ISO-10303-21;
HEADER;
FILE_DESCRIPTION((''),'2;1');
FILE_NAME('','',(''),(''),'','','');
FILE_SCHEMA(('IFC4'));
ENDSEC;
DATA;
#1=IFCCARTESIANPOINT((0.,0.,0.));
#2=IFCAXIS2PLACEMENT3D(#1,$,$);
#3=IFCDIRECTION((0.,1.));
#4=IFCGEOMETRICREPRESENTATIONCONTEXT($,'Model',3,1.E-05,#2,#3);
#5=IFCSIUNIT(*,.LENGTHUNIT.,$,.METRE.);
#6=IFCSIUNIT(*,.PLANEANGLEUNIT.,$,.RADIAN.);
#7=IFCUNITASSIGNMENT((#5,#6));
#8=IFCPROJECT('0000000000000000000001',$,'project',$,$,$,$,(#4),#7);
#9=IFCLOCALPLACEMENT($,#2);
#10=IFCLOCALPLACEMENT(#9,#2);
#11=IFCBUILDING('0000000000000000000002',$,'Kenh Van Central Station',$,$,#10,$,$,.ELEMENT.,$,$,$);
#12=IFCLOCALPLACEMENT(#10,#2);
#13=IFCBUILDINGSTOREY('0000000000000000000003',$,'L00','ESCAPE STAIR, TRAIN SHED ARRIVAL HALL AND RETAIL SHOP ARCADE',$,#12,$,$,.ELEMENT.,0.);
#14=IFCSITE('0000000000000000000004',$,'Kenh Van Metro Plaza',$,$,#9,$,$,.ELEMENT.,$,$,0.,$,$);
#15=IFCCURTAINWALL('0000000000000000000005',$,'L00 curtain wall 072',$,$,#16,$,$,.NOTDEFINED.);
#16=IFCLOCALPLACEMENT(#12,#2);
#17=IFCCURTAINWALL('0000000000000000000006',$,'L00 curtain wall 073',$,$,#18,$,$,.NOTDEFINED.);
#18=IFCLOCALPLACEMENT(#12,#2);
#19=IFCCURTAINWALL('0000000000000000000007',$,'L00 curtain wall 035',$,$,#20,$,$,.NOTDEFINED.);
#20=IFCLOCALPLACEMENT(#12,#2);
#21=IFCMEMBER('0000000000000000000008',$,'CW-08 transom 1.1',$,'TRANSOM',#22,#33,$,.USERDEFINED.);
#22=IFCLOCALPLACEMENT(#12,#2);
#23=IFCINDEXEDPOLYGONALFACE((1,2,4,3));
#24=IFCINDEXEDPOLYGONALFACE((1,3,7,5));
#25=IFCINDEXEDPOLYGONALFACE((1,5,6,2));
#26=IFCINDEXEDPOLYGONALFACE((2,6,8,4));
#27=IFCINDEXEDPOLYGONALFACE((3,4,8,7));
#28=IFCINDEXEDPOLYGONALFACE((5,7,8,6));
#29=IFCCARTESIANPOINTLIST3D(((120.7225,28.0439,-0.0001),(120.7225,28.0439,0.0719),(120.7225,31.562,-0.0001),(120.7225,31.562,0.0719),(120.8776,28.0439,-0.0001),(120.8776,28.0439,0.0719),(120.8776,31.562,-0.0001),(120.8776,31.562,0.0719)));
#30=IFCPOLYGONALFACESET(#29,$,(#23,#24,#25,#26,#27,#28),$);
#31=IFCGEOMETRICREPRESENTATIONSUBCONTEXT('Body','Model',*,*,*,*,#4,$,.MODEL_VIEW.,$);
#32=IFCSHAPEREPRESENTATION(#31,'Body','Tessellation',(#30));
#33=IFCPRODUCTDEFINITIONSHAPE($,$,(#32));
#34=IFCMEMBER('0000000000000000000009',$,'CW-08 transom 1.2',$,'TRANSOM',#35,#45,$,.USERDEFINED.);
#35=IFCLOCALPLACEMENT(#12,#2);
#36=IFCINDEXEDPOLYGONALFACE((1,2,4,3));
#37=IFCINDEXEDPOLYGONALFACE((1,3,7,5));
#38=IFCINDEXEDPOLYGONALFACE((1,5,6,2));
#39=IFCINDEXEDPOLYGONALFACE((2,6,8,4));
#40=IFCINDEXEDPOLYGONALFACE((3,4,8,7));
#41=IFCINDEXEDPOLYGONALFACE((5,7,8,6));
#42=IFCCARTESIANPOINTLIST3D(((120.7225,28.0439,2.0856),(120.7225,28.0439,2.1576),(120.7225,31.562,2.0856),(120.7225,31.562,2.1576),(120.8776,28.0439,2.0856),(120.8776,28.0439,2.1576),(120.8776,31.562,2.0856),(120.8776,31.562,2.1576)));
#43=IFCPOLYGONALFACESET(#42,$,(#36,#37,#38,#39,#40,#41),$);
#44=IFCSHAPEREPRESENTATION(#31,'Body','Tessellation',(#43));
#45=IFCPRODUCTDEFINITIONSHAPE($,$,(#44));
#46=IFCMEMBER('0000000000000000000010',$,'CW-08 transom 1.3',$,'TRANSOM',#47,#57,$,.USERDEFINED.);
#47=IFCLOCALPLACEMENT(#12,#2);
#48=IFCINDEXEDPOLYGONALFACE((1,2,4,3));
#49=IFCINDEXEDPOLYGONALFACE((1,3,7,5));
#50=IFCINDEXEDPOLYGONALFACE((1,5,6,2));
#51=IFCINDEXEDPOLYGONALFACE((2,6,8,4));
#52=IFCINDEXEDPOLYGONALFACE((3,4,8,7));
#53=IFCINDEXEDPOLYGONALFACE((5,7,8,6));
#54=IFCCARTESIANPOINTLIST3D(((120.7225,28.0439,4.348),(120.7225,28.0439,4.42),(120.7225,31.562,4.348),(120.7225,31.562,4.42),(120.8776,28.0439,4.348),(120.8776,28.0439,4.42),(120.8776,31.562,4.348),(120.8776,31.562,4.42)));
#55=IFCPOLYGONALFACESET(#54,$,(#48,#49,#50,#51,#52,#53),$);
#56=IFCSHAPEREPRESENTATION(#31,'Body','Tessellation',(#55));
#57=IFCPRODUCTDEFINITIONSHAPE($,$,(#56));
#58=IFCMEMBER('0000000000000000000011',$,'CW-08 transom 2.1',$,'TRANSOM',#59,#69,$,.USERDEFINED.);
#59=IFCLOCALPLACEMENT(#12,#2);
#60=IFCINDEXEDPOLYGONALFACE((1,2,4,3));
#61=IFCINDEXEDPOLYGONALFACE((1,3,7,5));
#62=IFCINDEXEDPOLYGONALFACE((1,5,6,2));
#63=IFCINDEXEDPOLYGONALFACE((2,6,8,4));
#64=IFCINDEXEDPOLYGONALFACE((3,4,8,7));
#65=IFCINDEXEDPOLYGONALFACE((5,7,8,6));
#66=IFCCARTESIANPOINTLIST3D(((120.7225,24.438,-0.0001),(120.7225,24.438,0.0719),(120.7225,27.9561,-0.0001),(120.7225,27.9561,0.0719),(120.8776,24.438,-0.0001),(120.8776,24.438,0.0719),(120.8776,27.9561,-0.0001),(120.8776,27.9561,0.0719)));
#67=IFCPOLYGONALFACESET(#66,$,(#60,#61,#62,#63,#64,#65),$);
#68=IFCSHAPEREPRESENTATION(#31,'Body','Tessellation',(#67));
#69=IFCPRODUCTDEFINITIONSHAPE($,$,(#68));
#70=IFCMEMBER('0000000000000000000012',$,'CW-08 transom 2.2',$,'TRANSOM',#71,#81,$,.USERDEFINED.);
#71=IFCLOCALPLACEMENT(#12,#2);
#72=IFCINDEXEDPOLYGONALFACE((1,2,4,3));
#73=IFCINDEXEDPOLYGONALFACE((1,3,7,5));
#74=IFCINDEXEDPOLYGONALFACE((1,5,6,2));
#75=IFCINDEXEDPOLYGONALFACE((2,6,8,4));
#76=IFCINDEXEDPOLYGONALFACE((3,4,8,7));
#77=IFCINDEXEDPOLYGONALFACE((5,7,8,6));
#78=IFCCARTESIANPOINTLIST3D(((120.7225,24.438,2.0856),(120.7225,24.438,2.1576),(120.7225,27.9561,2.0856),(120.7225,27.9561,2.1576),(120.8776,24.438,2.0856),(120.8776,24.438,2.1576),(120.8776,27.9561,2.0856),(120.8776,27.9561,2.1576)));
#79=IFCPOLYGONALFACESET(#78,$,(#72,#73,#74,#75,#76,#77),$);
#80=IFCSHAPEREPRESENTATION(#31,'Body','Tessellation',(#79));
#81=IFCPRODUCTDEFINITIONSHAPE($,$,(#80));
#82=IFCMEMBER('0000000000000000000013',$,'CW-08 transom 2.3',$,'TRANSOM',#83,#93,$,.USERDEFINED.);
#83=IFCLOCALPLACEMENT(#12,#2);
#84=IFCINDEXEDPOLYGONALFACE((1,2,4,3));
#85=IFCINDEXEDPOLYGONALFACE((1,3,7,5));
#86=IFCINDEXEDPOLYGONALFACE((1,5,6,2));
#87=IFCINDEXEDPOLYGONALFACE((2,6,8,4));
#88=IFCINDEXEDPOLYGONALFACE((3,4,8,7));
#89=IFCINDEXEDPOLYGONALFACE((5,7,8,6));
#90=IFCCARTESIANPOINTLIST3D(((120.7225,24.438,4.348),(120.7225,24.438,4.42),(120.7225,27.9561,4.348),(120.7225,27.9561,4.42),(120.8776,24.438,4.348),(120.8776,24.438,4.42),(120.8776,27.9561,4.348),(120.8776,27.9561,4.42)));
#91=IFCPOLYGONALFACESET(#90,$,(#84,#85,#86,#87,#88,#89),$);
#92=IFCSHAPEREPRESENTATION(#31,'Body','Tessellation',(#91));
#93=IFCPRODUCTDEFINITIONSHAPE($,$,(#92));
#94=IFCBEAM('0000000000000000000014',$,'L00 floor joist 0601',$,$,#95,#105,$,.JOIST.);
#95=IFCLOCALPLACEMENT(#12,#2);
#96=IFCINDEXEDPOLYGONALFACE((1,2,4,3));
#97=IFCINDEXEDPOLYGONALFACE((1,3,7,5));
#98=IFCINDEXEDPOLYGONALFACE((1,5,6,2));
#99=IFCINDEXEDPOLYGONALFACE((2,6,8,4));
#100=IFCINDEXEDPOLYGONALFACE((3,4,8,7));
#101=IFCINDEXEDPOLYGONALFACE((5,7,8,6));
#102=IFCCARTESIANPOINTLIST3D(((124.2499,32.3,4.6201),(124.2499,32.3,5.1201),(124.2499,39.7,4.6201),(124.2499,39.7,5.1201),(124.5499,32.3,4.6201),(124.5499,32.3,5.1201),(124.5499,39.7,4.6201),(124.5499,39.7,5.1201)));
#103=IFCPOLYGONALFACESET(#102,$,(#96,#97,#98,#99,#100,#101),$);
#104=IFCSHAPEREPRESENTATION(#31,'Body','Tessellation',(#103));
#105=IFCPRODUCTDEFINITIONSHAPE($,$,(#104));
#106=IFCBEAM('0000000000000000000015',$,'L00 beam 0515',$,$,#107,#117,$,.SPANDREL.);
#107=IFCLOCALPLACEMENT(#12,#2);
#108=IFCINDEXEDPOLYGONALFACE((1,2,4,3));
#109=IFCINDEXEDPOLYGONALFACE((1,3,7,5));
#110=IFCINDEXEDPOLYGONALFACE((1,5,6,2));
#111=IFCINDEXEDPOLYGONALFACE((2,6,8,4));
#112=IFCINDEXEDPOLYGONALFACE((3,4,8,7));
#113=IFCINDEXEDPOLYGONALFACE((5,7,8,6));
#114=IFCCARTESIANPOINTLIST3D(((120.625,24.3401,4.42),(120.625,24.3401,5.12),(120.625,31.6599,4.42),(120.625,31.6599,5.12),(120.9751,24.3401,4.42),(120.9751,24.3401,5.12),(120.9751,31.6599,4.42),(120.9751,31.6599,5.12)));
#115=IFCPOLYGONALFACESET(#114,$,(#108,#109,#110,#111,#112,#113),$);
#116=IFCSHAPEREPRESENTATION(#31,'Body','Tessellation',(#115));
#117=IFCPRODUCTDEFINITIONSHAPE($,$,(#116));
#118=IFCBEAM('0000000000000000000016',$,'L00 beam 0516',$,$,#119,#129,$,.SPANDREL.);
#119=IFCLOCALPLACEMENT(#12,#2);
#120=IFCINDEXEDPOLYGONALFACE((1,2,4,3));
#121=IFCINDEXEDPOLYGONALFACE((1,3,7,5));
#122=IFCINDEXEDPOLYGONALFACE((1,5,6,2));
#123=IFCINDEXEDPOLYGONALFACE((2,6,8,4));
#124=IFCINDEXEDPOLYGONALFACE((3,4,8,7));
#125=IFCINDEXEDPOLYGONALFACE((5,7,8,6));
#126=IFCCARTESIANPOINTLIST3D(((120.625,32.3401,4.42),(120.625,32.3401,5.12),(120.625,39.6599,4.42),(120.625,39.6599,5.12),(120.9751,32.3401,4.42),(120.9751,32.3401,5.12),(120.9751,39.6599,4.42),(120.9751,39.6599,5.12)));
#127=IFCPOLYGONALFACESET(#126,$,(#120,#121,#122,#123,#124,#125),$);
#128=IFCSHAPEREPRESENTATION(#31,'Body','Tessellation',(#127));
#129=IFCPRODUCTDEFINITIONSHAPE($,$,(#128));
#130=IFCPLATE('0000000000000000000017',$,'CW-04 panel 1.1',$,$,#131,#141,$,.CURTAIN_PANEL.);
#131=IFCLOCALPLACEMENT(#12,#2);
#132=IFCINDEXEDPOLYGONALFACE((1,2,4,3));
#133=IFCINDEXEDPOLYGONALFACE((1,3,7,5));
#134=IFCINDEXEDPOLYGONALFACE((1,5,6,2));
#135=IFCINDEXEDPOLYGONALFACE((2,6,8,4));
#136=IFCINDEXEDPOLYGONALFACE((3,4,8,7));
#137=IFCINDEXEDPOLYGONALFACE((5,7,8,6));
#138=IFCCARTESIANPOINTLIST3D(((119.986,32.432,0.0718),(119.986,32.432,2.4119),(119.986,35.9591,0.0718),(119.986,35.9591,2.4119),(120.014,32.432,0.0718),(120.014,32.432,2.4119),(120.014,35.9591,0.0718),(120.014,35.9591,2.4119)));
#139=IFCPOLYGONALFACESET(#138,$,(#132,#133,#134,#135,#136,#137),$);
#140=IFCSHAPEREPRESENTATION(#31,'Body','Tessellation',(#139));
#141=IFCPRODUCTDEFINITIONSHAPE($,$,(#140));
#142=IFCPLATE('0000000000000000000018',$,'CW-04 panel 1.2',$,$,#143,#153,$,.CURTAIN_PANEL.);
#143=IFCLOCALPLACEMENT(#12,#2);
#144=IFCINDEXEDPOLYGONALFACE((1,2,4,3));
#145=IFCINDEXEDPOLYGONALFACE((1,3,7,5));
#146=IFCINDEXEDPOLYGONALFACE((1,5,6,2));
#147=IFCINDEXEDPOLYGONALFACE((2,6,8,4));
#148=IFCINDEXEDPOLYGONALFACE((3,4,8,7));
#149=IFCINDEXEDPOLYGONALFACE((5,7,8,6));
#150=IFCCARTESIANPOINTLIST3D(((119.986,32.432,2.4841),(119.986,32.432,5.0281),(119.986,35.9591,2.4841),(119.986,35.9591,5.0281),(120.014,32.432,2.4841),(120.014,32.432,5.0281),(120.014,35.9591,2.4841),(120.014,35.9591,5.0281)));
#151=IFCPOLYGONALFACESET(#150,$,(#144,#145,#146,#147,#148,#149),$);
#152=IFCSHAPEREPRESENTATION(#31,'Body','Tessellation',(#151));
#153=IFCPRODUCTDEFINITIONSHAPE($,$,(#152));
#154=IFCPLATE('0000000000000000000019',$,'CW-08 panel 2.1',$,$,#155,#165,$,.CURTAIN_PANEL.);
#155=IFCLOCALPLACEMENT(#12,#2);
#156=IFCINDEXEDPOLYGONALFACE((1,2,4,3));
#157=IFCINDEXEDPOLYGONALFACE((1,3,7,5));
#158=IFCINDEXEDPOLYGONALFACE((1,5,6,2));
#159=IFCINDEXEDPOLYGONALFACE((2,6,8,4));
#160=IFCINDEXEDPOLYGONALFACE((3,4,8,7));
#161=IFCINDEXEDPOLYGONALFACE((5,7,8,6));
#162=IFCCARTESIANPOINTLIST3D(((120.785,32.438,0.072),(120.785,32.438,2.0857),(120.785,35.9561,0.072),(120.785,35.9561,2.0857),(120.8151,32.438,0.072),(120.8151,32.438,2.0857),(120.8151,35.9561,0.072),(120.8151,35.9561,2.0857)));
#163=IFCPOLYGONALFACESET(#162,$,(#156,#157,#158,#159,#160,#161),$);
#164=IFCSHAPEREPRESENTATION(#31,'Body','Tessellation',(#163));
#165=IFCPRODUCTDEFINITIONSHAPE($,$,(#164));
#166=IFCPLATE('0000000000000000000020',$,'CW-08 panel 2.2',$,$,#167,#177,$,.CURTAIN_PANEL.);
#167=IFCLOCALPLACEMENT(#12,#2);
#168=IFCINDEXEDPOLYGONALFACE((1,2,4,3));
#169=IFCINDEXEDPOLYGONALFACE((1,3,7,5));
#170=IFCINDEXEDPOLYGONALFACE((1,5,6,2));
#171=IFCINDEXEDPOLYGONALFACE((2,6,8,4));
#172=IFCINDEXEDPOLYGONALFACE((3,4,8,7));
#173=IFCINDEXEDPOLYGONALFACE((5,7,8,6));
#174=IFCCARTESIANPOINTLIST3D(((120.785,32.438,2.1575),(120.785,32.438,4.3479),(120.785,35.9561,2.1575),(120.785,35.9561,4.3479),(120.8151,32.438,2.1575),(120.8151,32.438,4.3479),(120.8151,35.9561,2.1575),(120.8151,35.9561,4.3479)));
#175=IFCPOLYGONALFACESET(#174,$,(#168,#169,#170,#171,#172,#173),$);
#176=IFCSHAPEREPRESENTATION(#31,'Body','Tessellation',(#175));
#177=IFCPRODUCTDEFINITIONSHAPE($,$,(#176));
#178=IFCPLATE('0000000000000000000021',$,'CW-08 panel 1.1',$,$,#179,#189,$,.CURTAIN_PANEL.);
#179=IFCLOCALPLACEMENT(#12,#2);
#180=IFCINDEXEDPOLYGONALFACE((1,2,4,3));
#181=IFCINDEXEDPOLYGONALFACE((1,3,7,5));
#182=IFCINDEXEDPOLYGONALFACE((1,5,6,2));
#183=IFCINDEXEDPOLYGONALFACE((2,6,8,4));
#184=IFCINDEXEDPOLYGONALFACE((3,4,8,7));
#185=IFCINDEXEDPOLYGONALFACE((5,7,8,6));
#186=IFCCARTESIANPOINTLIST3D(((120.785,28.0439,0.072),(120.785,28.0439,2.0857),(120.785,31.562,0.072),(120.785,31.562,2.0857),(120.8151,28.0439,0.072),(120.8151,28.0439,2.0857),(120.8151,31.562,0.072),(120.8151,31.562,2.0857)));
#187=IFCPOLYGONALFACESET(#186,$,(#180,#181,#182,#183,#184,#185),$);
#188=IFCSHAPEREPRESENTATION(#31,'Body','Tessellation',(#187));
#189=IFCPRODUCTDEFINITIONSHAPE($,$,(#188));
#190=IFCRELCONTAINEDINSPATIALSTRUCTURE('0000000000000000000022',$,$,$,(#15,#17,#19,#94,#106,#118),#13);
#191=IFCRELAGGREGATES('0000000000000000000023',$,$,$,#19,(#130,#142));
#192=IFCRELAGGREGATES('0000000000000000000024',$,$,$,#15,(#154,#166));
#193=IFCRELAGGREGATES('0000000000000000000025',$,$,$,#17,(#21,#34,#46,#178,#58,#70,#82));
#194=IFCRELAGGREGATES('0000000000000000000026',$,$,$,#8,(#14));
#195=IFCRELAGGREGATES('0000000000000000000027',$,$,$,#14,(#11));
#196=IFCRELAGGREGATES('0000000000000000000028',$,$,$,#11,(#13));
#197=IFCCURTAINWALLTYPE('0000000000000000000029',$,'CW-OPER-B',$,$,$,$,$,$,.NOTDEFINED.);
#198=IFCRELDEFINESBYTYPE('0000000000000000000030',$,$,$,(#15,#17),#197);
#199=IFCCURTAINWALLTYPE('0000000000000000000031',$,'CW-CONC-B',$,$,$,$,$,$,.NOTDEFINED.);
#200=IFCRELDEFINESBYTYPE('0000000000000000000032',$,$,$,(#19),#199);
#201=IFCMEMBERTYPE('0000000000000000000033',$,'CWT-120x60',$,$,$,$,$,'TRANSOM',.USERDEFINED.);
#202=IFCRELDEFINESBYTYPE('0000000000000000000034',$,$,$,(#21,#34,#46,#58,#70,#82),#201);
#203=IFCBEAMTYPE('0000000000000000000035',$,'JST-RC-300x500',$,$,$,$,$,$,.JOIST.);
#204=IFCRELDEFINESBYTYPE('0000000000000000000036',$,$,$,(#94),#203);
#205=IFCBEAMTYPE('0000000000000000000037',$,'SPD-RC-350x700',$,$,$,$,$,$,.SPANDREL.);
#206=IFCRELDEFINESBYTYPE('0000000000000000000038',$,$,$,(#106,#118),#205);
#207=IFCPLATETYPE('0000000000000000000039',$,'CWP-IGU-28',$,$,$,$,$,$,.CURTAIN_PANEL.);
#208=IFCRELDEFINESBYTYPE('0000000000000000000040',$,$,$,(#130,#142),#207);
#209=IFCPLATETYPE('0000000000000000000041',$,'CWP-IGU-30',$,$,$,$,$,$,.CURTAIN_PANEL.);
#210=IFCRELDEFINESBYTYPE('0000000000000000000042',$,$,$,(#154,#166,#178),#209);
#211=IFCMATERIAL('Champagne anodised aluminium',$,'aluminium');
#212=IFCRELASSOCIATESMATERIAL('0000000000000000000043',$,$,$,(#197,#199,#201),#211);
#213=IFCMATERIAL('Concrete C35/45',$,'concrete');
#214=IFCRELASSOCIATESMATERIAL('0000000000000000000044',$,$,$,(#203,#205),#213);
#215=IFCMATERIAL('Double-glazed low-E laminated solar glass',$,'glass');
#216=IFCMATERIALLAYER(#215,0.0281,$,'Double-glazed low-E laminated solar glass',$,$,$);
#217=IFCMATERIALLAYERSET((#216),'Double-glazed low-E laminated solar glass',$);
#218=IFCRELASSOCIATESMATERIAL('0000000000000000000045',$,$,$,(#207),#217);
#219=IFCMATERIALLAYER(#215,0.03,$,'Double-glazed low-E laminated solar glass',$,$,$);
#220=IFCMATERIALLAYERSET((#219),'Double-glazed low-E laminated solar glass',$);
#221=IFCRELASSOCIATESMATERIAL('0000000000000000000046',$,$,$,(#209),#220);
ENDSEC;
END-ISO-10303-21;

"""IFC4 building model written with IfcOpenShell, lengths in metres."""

from ifc_helpers import new_model, si_unit, direction, frame, origin, origin_2d, place, context, subcontext, project, spatial, rectangle, extrude, material, layer, layer_set, material_profile, profile_set, type_object, element, aggregate, save


model = new_model("IFC4")

# Units and contexts
model_context = context("Model", 3, precision=1e-05, world=origin(), true_north=direction((0.0, 1.0)))
body_context = subcontext(model_context, "Body", "Model", "MODEL_VIEW")
ifc_project = project(units=[si_unit("LENGTHUNIT", "METRE"), si_unit("PLANEANGLEUNIT", "RADIAN")], contexts=[model_context])

# Site, building, storey
site_placement = place(None, origin())
site = spatial("IfcSite", under=ifc_project, at=site_placement, Name="Kenh Van Metro Plaza", CompositionType="ELEMENT", RefElevation=0.0)
building_placement = place(site_placement, origin())
building = spatial("IfcBuilding", under=site, at=building_placement, Name="Kenh Van Central Station", CompositionType="ELEMENT")
storey_placement = place(building_placement, origin())
storey = spatial("IfcBuildingStorey", under=building, at=storey_placement, Name="L00", Description="ESCAPE STAIR, TRAIN SHED ARRIVAL HALL AND RETAIL SHOP ARCADE", CompositionType="ELEMENT", Elevation=0.0)

# Shared definitions
ifc_material_1 = material(Name="Concrete C35/45", Category="concrete")

# Curtain walls
ifc_material_2 = material(Name="Champagne anodised aluminium", Category="aluminium")
curtain_wall_type_1 = type_object("IfcCurtainWallType", Name="CW-OPER-B", PredefinedType="NOTDEFINED", material=ifc_material_2)
curtain_wall_1_placement = place(storey_placement, origin())
curtain_wall_1 = element("IfcCurtainWall", 1, at=curtain_wall_1_placement, inside=storey, type_object=curtain_wall_type_1, Name="L00 curtain wall 072", PredefinedType="NOTDEFINED")
curtain_wall_2_placement = place(storey_placement, origin())
curtain_wall_2 = element("IfcCurtainWall", 2, at=curtain_wall_2_placement, inside=storey, type_object=curtain_wall_type_1, Name="L00 curtain wall 073", PredefinedType="NOTDEFINED")

# Curtain wall
curtain_wall_type_2 = type_object("IfcCurtainWallType", Name="CW-CONC-B", PredefinedType="NOTDEFINED", material=ifc_material_2)
curtain_wall_3_placement = place(storey_placement, origin())
curtain_wall_3 = element("IfcCurtainWall", 3, at=curtain_wall_3_placement, inside=storey, type_object=curtain_wall_type_2, Name="L00 curtain wall 035", PredefinedType="NOTDEFINED")

# Members
ifc_material_profile_1 = material_profile(ifc_material_2, rectangle(XDim=0.155, YDim=0.072, at=origin_2d()), Name="AL 155x72")
ifc_profile_set_1 = profile_set([ifc_material_profile_1], Name="Champagne anodised aluminium")
member_type_1 = type_object("IfcMemberType", Name="CWT-120x60", ElementType="TRANSOM", PredefinedType="USERDEFINED", material=ifc_profile_set_1)
member_1_placement = place(storey_placement, frame((120.8, 31.562, 0.0359), z_axis=(0.0, -1.0, 0.0), x_axis=(1.0, 0.0, 0.0)))
member_1 = element("IfcMember", 4, at=member_1_placement, type_object=member_type_1, Name="CW-08 transom 1.1", ObjectType="TRANSOM", PredefinedType="USERDEFINED", context=body_context, shape_type="SweptSolid", body=[
    extrude(rectangle(XDim=0.155, YDim=0.072, at=origin_2d()), origin(), (0.0, 0.0, 1.0), 3.5181),
])
member_2_placement = place(storey_placement, frame((120.8, 31.562, 2.1216), z_axis=(0.0, -1.0, 0.0), x_axis=(1.0, 0.0, 0.0)))
member_2 = element("IfcMember", 5, at=member_2_placement, type_object=member_type_1, Name="CW-08 transom 1.2", ObjectType="TRANSOM", PredefinedType="USERDEFINED", context=body_context, shape_type="SweptSolid", body=[
    extrude(rectangle(XDim=0.155, YDim=0.072, at=origin_2d()), origin(), (0.0, 0.0, 1.0), 3.5181),
])
member_3_placement = place(storey_placement, frame((120.8, 31.562, 4.384), z_axis=(0.0, -1.0, 0.0), x_axis=(1.0, 0.0, 0.0)))
member_3 = element("IfcMember", 6, at=member_3_placement, type_object=member_type_1, Name="CW-08 transom 1.3", ObjectType="TRANSOM", PredefinedType="USERDEFINED", context=body_context, shape_type="SweptSolid", body=[
    extrude(rectangle(XDim=0.155, YDim=0.072, at=origin_2d()), origin(), (0.0, 0.0, 1.0), 3.5181),
])
member_4_placement = place(storey_placement, frame((120.8, 27.9561, 0.0359), z_axis=(0.0, -1.0, 0.0), x_axis=(1.0, 0.0, 0.0)))
member_4 = element("IfcMember", 7, at=member_4_placement, type_object=member_type_1, Name="CW-08 transom 2.1", ObjectType="TRANSOM", PredefinedType="USERDEFINED", context=body_context, shape_type="SweptSolid", body=[
    extrude(rectangle(XDim=0.155, YDim=0.072, at=origin_2d()), origin(), (0.0, 0.0, 1.0), 3.5181),
])
member_5_placement = place(storey_placement, frame((120.8, 27.9561, 2.1216), z_axis=(0.0, -1.0, 0.0), x_axis=(1.0, 0.0, 0.0)))
member_5 = element("IfcMember", 8, at=member_5_placement, type_object=member_type_1, Name="CW-08 transom 2.2", ObjectType="TRANSOM", PredefinedType="USERDEFINED", context=body_context, shape_type="SweptSolid", body=[
    extrude(rectangle(XDim=0.155, YDim=0.072, at=origin_2d()), origin(), (0.0, 0.0, 1.0), 3.5181),
])
member_6_placement = place(storey_placement, frame((120.8, 27.9561, 4.384), z_axis=(0.0, -1.0, 0.0), x_axis=(1.0, 0.0, 0.0)))
member_6 = element("IfcMember", 9, at=member_6_placement, type_object=member_type_1, Name="CW-08 transom 2.3", ObjectType="TRANSOM", PredefinedType="USERDEFINED", context=body_context, shape_type="SweptSolid", body=[
    extrude(rectangle(XDim=0.155, YDim=0.072, at=origin_2d()), origin(), (0.0, 0.0, 1.0), 3.5181),
])

# Beams
ifc_material_profile_2 = material_profile(ifc_material_1, rectangle(XDim=0.3, YDim=0.5, at=origin_2d()), Name="RC 300x500")
ifc_profile_set_2 = profile_set([ifc_material_profile_2], Name="Concrete C35/45")
beam_type_1 = type_object("IfcBeamType", Name="JST-RC-300x500", PredefinedType="JOIST", material=ifc_profile_set_2)
beam_1_placement = place(storey_placement, frame((124.3999, 32.3, 4.8701), z_axis=(0.0, 1.0, 0.0), x_axis=(-1.0, 0.0, 0.0)))
element("IfcBeam", 10, at=beam_1_placement, inside=storey, type_object=beam_type_1, Name="L00 floor joist 0601", PredefinedType="JOIST", context=body_context, shape_type="SweptSolid", body=[
    extrude(rectangle(XDim=0.3, YDim=0.5, at=origin_2d()), origin(), (0.0, 0.0, 1.0), 7.3999),
])
ifc_material_profile_3 = material_profile(ifc_material_1, rectangle(XDim=0.3501, YDim=0.7, at=origin_2d()), Name="RC 350x700")
ifc_profile_set_3 = profile_set([ifc_material_profile_3], Name="Concrete C35/45")
beam_type_2 = type_object("IfcBeamType", Name="SPD-RC-350x700", PredefinedType="SPANDREL", material=ifc_profile_set_3)
for number, where, z_axis, x_axis, name in (
    (11, (120.8, 24.3401, 4.77), (0.0, 1.0, 0.0), (-1.0, 0.0, 0.0), "L00 beam 0515"),
    (12, (120.8, 32.3401, 4.77), (0.0, 1.0, 0.0), (-1.0, 0.0, 0.0), "L00 beam 0516"),
):
    element("IfcBeam", number, at=place(storey_placement, frame(where, z_axis=z_axis, x_axis=x_axis)), inside=storey, type_object=beam_type_2, Name=name, PredefinedType="SPANDREL", context=body_context, shape_type="SweptSolid", body=[
        extrude(rectangle(XDim=0.3501, YDim=0.7, at=origin_2d()), origin(), (0.0, 0.0, 1.0), 7.3198),
    ])

# Plates
ifc_material_3 = material(Name="Double-glazed low-E laminated solar glass", Category="glass")
ifc_layer_1 = layer(ifc_material_3, 0.0281, Name="Double-glazed low-E laminated solar glass")
ifc_layer_set_1 = layer_set([ifc_layer_1], Name="Double-glazed low-E laminated solar glass")
plate_type_1 = type_object("IfcPlateType", Name="CWP-IGU-28", PredefinedType="CURTAIN_PANEL", material=ifc_layer_set_1)
plate_1_placement = place(storey_placement, frame((120.0, 34.1956, 0.0718), z_axis=(0.0, 0.0, 1.0), x_axis=(0.0, 1.0, 0.0)))
plate_1 = element("IfcPlate", 13, at=plate_1_placement, type_object=plate_type_1, Name="CW-04 panel 1.1", PredefinedType="CURTAIN_PANEL", context=body_context, shape_type="SweptSolid", body=[
    extrude(rectangle(XDim=3.5271, YDim=0.0281, at=origin_2d()), origin(), (0.0, 0.0, 1.0), 2.3401),
])
plate_2_placement = place(storey_placement, frame((120.0, 34.1956, 2.4841), z_axis=(0.0, 0.0, 1.0), x_axis=(0.0, 1.0, 0.0)))
plate_2 = element("IfcPlate", 14, at=plate_2_placement, type_object=plate_type_1, Name="CW-04 panel 1.2", PredefinedType="CURTAIN_PANEL", context=body_context, shape_type="SweptSolid", body=[
    extrude(rectangle(XDim=3.5271, YDim=0.0281, at=origin_2d()), origin(), (0.0, 0.0, 1.0), 2.5439),
])
aggregate(curtain_wall_3, [plate_1, plate_2])
ifc_layer_2 = layer(ifc_material_3, 0.03, Name="Double-glazed low-E laminated solar glass")
ifc_layer_set_2 = layer_set([ifc_layer_2], Name="Double-glazed low-E laminated solar glass")
plate_type_2 = type_object("IfcPlateType", Name="CWP-IGU-30", PredefinedType="CURTAIN_PANEL", material=ifc_layer_set_2)
plate_3_placement = place(storey_placement, frame((120.8, 34.197, 0.072), z_axis=(0.0, 0.0, 1.0), x_axis=(0.0, -1.0, 0.0)))
plate_3 = element("IfcPlate", 15, at=plate_3_placement, type_object=plate_type_2, Name="CW-08 panel 2.1", PredefinedType="CURTAIN_PANEL", context=body_context, shape_type="SweptSolid", body=[
    extrude(rectangle(XDim=3.5181, YDim=0.03, at=origin_2d()), origin(), (0.0, 0.0, 1.0), 2.0137),
])
plate_4_placement = place(storey_placement, frame((120.8, 34.197, 2.1575), z_axis=(0.0, 0.0, 1.0), x_axis=(0.0, -1.0, 0.0)))
plate_4 = element("IfcPlate", 16, at=plate_4_placement, type_object=plate_type_2, Name="CW-08 panel 2.2", PredefinedType="CURTAIN_PANEL", context=body_context, shape_type="SweptSolid", body=[
    extrude(rectangle(XDim=3.5181, YDim=0.03, at=origin_2d()), origin(), (0.0, 0.0, 1.0), 2.1904),
])
aggregate(curtain_wall_1, [plate_3, plate_4])
plate_5_placement = place(storey_placement, frame((120.8, 29.803, 0.072), z_axis=(0.0, 0.0, 1.0), x_axis=(0.0, -1.0, 0.0)))
plate_5 = element("IfcPlate", 17, at=plate_5_placement, type_object=plate_type_2, Name="CW-08 panel 1.1", PredefinedType="CURTAIN_PANEL", context=body_context, shape_type="SweptSolid", body=[
    extrude(rectangle(XDim=3.5181, YDim=0.03, at=origin_2d()), origin(), (0.0, 0.0, 1.0), 2.0137),
])
aggregate(curtain_wall_2, [member_1, member_2, member_3, plate_5, member_4, member_5, member_6])

save(model, "model.ifc")
